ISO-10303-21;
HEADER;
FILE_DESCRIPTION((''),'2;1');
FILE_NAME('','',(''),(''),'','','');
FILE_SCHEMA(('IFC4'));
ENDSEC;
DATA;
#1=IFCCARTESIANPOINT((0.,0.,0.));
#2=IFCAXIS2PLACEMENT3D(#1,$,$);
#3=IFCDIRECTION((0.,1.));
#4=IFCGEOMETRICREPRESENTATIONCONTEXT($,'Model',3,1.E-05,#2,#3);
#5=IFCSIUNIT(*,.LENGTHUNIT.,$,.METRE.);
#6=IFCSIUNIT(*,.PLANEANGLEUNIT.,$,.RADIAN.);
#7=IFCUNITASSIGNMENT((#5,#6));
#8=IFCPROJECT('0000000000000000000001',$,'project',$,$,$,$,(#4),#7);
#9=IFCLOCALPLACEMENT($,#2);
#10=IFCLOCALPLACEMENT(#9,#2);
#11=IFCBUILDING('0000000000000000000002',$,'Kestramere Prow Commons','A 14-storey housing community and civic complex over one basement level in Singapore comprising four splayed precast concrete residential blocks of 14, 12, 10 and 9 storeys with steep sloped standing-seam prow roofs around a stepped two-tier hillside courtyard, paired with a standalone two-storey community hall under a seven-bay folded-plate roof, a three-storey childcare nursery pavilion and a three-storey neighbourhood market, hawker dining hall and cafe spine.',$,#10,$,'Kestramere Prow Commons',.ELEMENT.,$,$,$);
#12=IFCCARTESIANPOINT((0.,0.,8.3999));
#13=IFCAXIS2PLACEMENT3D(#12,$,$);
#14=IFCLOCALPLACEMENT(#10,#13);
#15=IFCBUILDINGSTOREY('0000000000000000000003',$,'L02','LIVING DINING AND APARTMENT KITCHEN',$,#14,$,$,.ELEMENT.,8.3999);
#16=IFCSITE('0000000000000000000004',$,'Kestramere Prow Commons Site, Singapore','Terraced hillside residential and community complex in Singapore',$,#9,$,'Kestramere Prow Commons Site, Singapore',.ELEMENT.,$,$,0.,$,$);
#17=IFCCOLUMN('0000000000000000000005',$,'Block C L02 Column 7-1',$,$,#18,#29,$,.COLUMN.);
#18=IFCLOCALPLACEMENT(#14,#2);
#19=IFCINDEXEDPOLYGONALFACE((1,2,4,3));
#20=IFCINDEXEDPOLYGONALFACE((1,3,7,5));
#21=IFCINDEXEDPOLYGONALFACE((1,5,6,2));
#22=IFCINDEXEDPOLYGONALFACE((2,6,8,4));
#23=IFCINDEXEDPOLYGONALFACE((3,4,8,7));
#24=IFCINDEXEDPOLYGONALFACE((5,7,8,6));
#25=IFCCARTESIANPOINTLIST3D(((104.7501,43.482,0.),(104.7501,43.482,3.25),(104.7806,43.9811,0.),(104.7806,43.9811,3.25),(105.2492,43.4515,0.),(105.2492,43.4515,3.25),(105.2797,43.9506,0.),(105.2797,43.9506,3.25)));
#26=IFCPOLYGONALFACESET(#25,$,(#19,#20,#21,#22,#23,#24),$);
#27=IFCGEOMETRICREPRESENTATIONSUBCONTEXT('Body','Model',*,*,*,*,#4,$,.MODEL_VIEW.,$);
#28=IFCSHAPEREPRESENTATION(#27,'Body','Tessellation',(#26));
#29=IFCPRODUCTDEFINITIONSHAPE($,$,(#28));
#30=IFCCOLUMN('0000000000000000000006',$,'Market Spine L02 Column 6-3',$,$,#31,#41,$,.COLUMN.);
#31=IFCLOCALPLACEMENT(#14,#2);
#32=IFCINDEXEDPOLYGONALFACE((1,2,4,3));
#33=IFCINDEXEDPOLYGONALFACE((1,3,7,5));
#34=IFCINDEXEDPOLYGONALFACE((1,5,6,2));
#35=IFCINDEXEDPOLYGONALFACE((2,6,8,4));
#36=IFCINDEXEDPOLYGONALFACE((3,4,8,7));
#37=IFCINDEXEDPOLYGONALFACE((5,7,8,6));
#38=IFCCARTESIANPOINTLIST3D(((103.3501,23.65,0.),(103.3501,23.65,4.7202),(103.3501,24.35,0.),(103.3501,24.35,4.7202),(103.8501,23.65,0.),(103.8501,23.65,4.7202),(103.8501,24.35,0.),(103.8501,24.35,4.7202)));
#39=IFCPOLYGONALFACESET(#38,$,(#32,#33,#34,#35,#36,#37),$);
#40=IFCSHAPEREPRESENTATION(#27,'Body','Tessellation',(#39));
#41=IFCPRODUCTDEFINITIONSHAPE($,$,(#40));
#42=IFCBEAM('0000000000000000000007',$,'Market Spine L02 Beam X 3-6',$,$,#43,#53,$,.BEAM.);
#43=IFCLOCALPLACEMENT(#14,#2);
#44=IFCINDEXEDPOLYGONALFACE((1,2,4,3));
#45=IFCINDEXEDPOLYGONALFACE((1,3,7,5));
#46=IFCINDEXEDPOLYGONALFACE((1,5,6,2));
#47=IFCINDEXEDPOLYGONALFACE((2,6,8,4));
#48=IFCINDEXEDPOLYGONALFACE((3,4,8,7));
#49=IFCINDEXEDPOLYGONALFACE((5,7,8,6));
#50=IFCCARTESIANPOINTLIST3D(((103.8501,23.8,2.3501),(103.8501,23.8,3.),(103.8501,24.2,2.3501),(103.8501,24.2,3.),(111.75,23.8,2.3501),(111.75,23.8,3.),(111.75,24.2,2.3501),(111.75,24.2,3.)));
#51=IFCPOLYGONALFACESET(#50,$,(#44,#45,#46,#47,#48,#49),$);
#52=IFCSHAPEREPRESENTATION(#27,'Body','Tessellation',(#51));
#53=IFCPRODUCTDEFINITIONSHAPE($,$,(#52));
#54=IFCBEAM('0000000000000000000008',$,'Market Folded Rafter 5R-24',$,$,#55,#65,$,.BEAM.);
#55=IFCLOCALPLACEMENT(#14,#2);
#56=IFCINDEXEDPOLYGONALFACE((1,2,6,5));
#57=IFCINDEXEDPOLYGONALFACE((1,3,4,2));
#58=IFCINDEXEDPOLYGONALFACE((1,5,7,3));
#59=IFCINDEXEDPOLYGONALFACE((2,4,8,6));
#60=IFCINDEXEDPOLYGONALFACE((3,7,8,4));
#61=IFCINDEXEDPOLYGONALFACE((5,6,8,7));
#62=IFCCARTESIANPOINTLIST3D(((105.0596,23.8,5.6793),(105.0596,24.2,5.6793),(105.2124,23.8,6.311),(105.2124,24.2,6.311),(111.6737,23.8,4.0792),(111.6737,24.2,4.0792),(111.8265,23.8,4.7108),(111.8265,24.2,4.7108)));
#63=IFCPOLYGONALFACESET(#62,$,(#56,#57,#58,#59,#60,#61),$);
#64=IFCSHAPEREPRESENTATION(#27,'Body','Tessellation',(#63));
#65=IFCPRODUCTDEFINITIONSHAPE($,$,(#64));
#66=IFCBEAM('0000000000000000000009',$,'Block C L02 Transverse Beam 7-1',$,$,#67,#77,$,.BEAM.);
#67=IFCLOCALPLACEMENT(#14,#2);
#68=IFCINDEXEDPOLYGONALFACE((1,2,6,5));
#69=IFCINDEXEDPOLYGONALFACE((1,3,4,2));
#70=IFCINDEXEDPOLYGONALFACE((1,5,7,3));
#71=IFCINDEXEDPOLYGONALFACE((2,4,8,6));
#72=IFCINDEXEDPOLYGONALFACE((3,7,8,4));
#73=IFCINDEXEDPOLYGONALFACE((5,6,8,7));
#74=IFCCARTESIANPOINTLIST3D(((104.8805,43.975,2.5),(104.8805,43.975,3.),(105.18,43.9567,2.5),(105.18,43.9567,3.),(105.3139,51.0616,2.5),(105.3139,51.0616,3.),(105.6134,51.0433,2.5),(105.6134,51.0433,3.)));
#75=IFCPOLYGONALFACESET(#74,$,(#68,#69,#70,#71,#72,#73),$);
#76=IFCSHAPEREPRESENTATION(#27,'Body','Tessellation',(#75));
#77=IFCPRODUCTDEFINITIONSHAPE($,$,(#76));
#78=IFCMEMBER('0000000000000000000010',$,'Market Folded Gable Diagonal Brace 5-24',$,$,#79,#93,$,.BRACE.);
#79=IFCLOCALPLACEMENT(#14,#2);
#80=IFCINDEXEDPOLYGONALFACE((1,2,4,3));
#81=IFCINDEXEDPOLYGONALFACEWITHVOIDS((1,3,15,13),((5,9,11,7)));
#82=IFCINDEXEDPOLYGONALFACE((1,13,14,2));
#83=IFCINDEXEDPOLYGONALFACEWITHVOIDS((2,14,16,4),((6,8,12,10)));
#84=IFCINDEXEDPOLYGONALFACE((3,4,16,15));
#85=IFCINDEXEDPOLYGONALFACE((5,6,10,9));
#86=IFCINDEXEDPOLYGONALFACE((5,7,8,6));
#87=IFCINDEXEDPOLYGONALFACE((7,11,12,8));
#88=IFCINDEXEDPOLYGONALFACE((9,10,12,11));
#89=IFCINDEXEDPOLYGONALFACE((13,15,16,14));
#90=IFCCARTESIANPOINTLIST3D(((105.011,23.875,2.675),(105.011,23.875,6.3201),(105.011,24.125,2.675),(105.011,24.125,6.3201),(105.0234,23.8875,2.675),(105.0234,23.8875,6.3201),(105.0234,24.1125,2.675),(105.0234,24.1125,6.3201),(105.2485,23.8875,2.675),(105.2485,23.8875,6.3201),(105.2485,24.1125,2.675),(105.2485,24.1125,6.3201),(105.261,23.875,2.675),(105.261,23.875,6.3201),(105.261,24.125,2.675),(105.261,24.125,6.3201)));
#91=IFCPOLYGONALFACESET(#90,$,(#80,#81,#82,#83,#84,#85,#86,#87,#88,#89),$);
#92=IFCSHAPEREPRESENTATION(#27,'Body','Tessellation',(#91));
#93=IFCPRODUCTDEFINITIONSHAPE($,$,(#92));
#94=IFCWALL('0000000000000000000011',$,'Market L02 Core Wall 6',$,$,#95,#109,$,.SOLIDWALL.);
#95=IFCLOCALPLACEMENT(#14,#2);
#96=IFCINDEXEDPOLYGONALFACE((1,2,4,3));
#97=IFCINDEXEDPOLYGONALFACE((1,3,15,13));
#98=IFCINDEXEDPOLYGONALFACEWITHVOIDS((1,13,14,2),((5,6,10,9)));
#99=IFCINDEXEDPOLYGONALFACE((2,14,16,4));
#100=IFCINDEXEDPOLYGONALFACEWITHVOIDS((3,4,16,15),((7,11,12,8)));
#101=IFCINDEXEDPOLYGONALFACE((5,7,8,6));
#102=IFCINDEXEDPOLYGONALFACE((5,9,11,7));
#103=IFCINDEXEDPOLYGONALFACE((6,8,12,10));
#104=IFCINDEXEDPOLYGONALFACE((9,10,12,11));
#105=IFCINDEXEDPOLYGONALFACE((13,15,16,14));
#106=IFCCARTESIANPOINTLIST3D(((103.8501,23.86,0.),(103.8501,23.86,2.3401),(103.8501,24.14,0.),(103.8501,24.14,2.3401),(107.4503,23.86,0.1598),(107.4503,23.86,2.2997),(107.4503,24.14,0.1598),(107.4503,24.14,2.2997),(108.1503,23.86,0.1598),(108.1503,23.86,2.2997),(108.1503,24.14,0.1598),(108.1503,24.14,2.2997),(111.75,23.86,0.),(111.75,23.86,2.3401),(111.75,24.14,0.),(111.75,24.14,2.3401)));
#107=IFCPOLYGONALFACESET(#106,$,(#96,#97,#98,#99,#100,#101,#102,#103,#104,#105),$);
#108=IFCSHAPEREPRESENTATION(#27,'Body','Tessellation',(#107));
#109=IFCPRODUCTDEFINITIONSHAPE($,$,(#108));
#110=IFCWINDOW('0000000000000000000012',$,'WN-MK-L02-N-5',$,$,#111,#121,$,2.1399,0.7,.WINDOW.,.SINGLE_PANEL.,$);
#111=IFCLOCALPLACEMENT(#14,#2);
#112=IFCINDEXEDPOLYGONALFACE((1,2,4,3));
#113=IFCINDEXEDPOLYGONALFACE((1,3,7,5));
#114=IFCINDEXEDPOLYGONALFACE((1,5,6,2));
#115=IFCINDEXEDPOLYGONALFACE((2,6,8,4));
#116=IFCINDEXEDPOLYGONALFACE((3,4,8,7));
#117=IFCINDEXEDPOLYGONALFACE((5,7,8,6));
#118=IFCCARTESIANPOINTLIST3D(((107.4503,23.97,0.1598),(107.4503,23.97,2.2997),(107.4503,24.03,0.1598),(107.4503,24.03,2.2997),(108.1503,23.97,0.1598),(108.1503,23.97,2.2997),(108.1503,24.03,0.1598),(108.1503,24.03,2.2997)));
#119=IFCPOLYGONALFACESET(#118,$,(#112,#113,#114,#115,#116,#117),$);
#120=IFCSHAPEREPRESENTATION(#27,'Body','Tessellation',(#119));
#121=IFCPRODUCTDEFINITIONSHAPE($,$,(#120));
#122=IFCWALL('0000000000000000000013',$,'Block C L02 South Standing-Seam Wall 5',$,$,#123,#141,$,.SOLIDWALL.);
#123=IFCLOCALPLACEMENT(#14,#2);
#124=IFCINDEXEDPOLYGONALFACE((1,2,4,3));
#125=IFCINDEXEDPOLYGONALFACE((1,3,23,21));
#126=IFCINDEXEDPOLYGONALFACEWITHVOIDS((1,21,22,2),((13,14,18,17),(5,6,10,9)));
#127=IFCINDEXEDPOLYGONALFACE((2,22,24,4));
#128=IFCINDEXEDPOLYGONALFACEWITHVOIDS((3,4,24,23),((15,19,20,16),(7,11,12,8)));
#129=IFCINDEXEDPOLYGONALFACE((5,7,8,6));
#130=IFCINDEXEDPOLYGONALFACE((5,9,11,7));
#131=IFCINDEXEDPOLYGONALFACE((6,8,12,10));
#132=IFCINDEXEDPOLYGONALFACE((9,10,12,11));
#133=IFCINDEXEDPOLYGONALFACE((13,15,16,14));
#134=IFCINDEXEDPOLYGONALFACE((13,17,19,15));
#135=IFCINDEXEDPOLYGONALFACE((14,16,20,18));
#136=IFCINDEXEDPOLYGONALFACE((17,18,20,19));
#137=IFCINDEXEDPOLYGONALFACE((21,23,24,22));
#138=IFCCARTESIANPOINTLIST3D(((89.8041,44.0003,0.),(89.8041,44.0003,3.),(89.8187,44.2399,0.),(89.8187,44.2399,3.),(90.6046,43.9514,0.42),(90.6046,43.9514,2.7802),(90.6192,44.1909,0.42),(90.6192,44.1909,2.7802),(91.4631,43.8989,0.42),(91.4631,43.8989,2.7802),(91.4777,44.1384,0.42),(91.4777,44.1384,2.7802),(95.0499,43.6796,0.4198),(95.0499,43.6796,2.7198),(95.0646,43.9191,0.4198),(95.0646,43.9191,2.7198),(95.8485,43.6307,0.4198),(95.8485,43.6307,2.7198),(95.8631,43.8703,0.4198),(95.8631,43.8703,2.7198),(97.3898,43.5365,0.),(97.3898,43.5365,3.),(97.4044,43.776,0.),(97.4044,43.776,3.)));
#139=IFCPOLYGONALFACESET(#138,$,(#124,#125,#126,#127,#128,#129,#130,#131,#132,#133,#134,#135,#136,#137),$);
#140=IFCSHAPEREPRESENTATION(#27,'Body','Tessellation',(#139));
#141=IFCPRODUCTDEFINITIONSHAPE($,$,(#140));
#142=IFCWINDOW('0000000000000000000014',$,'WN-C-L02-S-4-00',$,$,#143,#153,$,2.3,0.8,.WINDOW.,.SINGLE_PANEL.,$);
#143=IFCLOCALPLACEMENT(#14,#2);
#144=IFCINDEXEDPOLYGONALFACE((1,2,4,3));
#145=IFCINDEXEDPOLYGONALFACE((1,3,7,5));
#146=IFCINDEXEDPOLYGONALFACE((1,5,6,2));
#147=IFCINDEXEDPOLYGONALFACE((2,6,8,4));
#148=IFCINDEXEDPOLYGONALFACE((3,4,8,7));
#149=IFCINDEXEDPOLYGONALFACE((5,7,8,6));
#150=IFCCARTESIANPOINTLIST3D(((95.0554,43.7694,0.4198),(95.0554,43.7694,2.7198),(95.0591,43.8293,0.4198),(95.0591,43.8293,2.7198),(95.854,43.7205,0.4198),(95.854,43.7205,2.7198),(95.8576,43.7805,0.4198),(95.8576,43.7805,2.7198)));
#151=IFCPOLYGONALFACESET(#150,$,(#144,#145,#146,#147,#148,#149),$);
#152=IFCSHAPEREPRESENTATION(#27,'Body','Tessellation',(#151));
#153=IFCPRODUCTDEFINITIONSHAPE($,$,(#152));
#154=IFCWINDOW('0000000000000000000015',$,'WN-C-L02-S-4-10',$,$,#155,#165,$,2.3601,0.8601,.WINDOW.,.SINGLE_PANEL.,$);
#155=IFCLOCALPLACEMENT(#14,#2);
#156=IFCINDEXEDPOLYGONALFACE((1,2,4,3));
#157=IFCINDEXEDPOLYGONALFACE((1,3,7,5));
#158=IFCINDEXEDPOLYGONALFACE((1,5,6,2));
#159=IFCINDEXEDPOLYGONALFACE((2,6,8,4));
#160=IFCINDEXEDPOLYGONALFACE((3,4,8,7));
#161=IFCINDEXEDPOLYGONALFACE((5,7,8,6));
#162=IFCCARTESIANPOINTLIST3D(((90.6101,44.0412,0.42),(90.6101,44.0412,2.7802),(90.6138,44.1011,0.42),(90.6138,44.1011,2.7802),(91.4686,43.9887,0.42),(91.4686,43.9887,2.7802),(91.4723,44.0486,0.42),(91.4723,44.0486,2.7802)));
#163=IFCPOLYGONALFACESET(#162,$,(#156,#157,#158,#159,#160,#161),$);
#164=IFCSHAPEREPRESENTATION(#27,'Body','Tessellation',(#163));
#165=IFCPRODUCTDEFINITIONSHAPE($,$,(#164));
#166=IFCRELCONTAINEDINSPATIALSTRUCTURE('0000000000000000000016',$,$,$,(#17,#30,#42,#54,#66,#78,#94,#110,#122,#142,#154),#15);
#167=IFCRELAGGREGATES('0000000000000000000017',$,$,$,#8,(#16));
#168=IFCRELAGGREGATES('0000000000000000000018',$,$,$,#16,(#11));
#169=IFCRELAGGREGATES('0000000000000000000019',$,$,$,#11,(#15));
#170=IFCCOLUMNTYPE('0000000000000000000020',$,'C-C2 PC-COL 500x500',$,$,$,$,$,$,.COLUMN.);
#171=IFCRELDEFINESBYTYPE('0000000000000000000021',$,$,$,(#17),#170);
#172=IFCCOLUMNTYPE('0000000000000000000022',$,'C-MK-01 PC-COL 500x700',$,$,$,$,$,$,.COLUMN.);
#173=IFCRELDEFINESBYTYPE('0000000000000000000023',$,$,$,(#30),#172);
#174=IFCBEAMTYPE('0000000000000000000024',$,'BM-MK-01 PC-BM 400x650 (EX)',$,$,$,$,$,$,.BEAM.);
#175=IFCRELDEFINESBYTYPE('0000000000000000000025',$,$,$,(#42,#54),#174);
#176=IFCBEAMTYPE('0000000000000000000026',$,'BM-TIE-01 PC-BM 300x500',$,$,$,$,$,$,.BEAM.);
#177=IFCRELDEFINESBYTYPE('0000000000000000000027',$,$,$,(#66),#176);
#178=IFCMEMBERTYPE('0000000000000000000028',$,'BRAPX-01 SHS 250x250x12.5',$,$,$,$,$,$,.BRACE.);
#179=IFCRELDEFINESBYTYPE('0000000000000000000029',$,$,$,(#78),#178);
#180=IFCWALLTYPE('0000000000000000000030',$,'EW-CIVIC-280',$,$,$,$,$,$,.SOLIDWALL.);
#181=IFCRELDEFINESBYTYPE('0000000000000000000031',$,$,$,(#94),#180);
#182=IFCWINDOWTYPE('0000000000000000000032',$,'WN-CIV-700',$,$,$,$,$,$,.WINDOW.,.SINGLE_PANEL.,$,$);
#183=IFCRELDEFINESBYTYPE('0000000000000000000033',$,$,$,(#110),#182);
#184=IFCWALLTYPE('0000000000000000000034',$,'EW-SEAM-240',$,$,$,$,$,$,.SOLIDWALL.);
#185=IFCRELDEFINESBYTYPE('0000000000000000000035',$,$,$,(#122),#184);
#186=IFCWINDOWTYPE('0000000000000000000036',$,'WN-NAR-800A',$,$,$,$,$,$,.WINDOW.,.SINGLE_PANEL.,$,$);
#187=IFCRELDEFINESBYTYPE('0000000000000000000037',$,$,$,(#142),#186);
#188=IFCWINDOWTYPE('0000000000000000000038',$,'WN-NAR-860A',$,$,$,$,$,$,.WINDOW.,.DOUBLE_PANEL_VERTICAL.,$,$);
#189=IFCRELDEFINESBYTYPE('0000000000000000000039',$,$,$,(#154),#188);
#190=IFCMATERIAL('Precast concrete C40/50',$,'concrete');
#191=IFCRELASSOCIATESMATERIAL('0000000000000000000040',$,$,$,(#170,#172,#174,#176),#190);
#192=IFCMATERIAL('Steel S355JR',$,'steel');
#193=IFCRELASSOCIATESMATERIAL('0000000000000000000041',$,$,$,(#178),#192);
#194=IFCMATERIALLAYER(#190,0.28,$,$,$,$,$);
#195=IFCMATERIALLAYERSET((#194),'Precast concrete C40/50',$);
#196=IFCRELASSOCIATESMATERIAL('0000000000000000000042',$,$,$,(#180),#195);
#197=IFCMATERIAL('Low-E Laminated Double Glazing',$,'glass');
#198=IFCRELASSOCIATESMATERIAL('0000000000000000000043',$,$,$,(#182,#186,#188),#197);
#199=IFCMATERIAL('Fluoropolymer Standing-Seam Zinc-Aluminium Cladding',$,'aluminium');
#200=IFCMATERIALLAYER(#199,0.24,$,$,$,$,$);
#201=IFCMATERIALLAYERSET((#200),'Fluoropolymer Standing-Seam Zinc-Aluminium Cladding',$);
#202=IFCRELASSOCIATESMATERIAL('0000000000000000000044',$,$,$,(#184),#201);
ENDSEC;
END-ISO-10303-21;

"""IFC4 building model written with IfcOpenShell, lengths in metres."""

from ifc_helpers import new_model, si_unit, direction, frame, frame_2d, origin, origin_2d, place, context, subcontext, project, spatial, rectangle, hollow_rectangle, extrude, material, layer, layer_set, material_profile, profile_set, type_object, element, fill, save


model = new_model("IFC4")

# Units and contexts
model_context = context("Model", 3, precision=1e-05, world=origin(), true_north=direction((0.0, 1.0)))
body_context = subcontext(model_context, "Body", "Model", "MODEL_VIEW")
ifc_project = project(units=[si_unit("LENGTHUNIT", "METRE"), si_unit("PLANEANGLEUNIT", "RADIAN")], contexts=[model_context])

# Site, building, storey
site_placement = place(None, origin())
site = spatial("IfcSite", under=ifc_project, at=site_placement, Name="Kestramere Prow Commons Site, Singapore", Description="Terraced hillside residential and community complex in Singapore", LongName="Kestramere Prow Commons Site, Singapore", CompositionType="ELEMENT", RefElevation=0.0)
building_placement = place(site_placement, origin())
building = spatial("IfcBuilding", under=site, at=building_placement, Name="Kestramere Prow Commons", Description="A 14-storey housing community and civic complex over one basement level in Singapore comprising four splayed precast concrete residential blocks of 14, 12, 10 and 9 storeys with steep sloped standing-seam prow roofs around a stepped two-tier hillside courtyard, paired with a standalone two-storey community hall under a seven-bay folded-plate roof, a three-storey childcare nursery pavilion and a three-storey neighbourhood market, hawker dining hall and cafe spine.", LongName="Kestramere Prow Commons", CompositionType="ELEMENT")
storey_placement = place(building_placement, frame((0.0, 0.0, 8.3999)))
storey = spatial("IfcBuildingStorey", under=building, at=storey_placement, Name="L02", Description="LIVING DINING AND APARTMENT KITCHEN", CompositionType="ELEMENT", Elevation=8.3999)

# Columns
ifc_material_1 = material(Name="Precast concrete C40/50", Category="concrete")
ifc_material_profile_1 = material_profile(ifc_material_1, rectangle(XDim=0.5, YDim=0.5, at=origin_2d()), Name="PC-COL 500x500")
ifc_profile_set_1 = profile_set([ifc_material_profile_1], Name="Precast concrete C40/50")
column_type_1 = type_object("IfcColumnType", Name="C-C2 PC-COL 500x500", PredefinedType="COLUMN", material=ifc_profile_set_1)
column_1_placement = place(storey_placement, frame((105.0149, 43.7163, 0.0), z_axis=(0.0, 0.0, 1.0), x_axis=(0.998135, -0.061049, 0.0)))
element("IfcColumn", 1, at=column_1_placement, inside=storey, type_object=column_type_1, Name="Block C L02 Column 7-1", PredefinedType="COLUMN", context=body_context, shape_type="SweptSolid", body=[
    extrude(rectangle(XDim=0.5, YDim=0.5, at=origin_2d()), origin(), (0.0, 0.0, 1.0), 3.25),
])
ifc_material_profile_2 = material_profile(ifc_material_1, rectangle(XDim=0.5, YDim=0.7, at=origin_2d()), Name="PC-COL 500x700")
ifc_profile_set_2 = profile_set([ifc_material_profile_2], Name="Precast concrete C40/50")
column_type_2 = type_object("IfcColumnType", Name="C-MK-01 PC-COL 500x700", PredefinedType="COLUMN", material=ifc_profile_set_2)
column_2_placement = place(storey_placement, frame((103.6001, 24.0, 0.0), z_axis=(0.0, 0.0, 1.0), x_axis=(1.0, 0.0, 0.0)))
element("IfcColumn", 2, at=column_2_placement, inside=storey, type_object=column_type_2, Name="Market Spine L02 Column 6-3", PredefinedType="COLUMN", context=body_context, shape_type="SweptSolid", body=[
    extrude(rectangle(XDim=0.5, YDim=0.7, at=origin_2d()), origin(), (0.0, 0.0, 1.0), 4.7202),
])

# Beams
ifc_material_profile_3 = material_profile(ifc_material_1, rectangle(XDim=0.3999, YDim=0.6499, at=origin_2d()), Name="PC-BM 400x650")
ifc_profile_set_3 = profile_set([ifc_material_profile_3], Name="Precast concrete C40/50")
beam_type_1 = type_object("IfcBeamType", Name="BM-MK-01 PC-BM 400x650 (EX)", PredefinedType="BEAM", material=ifc_profile_set_3)
beam_1_placement = place(storey_placement, frame((103.8501, 24.0, 2.675), z_axis=(1.0, 0.0, 0.0), x_axis=(0.0, 1.0, 0.0)))
element("IfcBeam", 3, at=beam_1_placement, inside=storey, type_object=beam_type_1, Name="Market Spine L02 Beam X 3-6", PredefinedType="BEAM", context=body_context, shape_type="SweptSolid", body=[
    extrude(rectangle(XDim=0.3999, YDim=0.6499, at=origin_2d()), origin(), (0.0, 0.0, 1.0), 7.8999),
])
beam_2_placement = place(storey_placement, frame((105.136, 24.0, 5.9951), z_axis=(0.971961, 0.0, -0.235142), x_axis=(0.0, 1.0, 0.0)))
element("IfcBeam", 4, at=beam_2_placement, inside=storey, type_object=beam_type_1, Name="Market Folded Rafter 5R-24", PredefinedType="BEAM", context=body_context, shape_type="SweptSolid", body=[
    extrude(rectangle(XDim=0.3999, YDim=0.6499, at=origin_2d()), origin(), (0.0, 0.0, 1.0), 6.8049),
])
ifc_material_profile_4 = material_profile(ifc_material_1, rectangle(XDim=0.3, YDim=0.5, at=origin_2d()), Name="PC-BM 300x500")
ifc_profile_set_4 = profile_set([ifc_material_profile_4], Name="Precast concrete C40/50")
beam_type_2 = type_object("IfcBeamType", Name="BM-TIE-01 PC-BM 300x500", PredefinedType="BEAM", material=ifc_profile_set_4)
beam_3_placement = place(storey_placement, frame((105.0303, 43.9658, 2.75), z_axis=(0.061036, 0.998136, 0.0), x_axis=(-0.998136, 0.061036, 0.0)))
element("IfcBeam", 5, at=beam_3_placement, inside=storey, type_object=beam_type_2, Name="Block C L02 Transverse Beam 7-1", PredefinedType="BEAM", context=body_context, shape_type="SweptSolid", body=[
    extrude(rectangle(XDim=0.3, YDim=0.5, at=origin_2d()), origin(), (0.0, 0.0, 1.0), 7.0999),
])

# Member
ifc_material_2 = material(Name="Steel S355JR", Category="steel")
ifc_material_profile_5 = material_profile(ifc_material_2, hollow_rectangle(XDim=0.25, YDim=0.25, WallThickness=0.0125, at=origin_2d()), Name="SHS 250x250x12.5")
ifc_profile_set_5 = profile_set([ifc_material_profile_5], Name="Steel S355JR")
member_type = type_object("IfcMemberType", Name="BRAPX-01 SHS 250x250x12.5", PredefinedType="BRACE", material=ifc_profile_set_5)
member_placement = place(storey_placement, frame((105.136, 24.0, 2.675), z_axis=(0.0, 0.0, 1.0), x_axis=(1.0, 0.0, 0.0)))
element("IfcMember", 6, at=member_placement, inside=storey, type_object=member_type, Name="Market Folded Gable Diagonal Brace 5-24", PredefinedType="BRACE", context=body_context, shape_type="SweptSolid", body=[
    extrude(hollow_rectangle(XDim=0.25, YDim=0.25, WallThickness=0.0125, at=origin_2d()), origin(), (0.0, 0.0, 1.0), 3.645),
])

# Wall, opening, window
ifc_layer_1 = layer(ifc_material_1, 0.28)
ifc_layer_set_1 = layer_set([ifc_layer_1], Name="Precast concrete C40/50")
wall_type_1 = type_object("IfcWallType", Name="EW-CIVIC-280", PredefinedType="SOLIDWALL", material=ifc_layer_set_1)
wall_1_placement = place(storey_placement, frame((103.8501, 24.0, 0.0), z_axis=(0.0, 0.0, 1.0), x_axis=(1.0, 0.0, 0.0)))
wall_1 = element("IfcWall", 7, at=wall_1_placement, inside=storey, type_object=wall_type_1, Name="Market L02 Core Wall 6", PredefinedType="SOLIDWALL", context=body_context, shape_type="SweptSolid", body=[
    extrude(rectangle(XDim=7.8999, YDim=0.28, at=frame_2d((3.95, 0.0))), origin(), (0.0, 0.0, 1.0), 2.3401),
])
opening_1_placement = place(wall_1_placement, frame((3.6001, 0.0, 0.1599)))
opening_1 = element("IfcOpeningElement", 8, at=opening_1_placement, cuts=wall_1, PredefinedType="OPENING", context=body_context, shape_type="SweptSolid", body=[
    extrude(rectangle(XDim=0.7, YDim=2.1399, at=frame_2d((0.3501, 1.0698))), frame((0.0, 0.155, 0.0), z_axis=(0.0, -1.0, 0.0), x_axis=(1.0, 0.0, 0.0)), (0.0, 0.0, 1.0), 0.3101),
])
ifc_material_3 = material(Name="Low-E Laminated Double Glazing", Category="glass")
window_type_1 = type_object("IfcWindowType", Name="WN-CIV-700", PartitioningType="SINGLE_PANEL", PredefinedType="WINDOW", material=ifc_material_3)
window_1_placement = place(opening_1_placement, origin())
window_1 = element("IfcWindow", 9, at=window_1_placement, inside=storey, type_object=window_type_1, Name="WN-MK-L02-N-5", OverallHeight=2.1399, OverallWidth=0.7, PartitioningType="SINGLE_PANEL", PredefinedType="WINDOW", context=body_context, shape_type="SweptSolid", body=[
    extrude(rectangle(XDim=0.7, YDim=2.1399, at=frame_2d((0.3501, 1.0698))), frame((0.0, 0.03, 0.0), z_axis=(0.0, -1.0, 0.0), x_axis=(1.0, 0.0, 0.0)), (0.0, 0.0, 1.0), 0.0601),
])
fill(opening_1, window_1)

# Wall, openings, windows
ifc_material_4 = material(Name="Fluoropolymer Standing-Seam Zinc-Aluminium Cladding", Category="aluminium")
ifc_layer_2 = layer(ifc_material_4, 0.24)
ifc_layer_set_2 = layer_set([ifc_layer_2], Name="Fluoropolymer Standing-Seam Zinc-Aluminium Cladding")
wall_type_2 = type_object("IfcWallType", Name="EW-SEAM-240", PredefinedType="SOLIDWALL", material=ifc_layer_set_2)
wall_2_placement = place(storey_placement, frame((97.397, 43.6562, 0.0), z_axis=(0.0, 0.0, 1.0), x_axis=(-0.998136, 0.061036, 0.0)))
wall_2 = element("IfcWall", 10, at=wall_2_placement, inside=storey, type_object=wall_type_2, Name="Block C L02 South Standing-Seam Wall 5", PredefinedType="SOLIDWALL", context=body_context, shape_type="SweptSolid", body=[
    extrude(rectangle(XDim=7.5999, YDim=0.24, at=frame_2d((3.7998, 0.0))), origin(), (0.0, 0.0, 1.0), 3.0),
])
opening_2_placement = place(wall_2_placement, frame((1.5442, 0.0, 0.4199)))
opening_2 = element("IfcOpeningElement", 11, at=opening_2_placement, cuts=wall_2, PredefinedType="OPENING", context=body_context, shape_type="SweptSolid", body=[
    extrude(rectangle(XDim=0.8, YDim=2.3, at=frame_2d((0.3999, 1.1499))), frame((0.0, 0.135, 0.0), z_axis=(0.0, -1.0, 0.0), x_axis=(1.0, 0.0, 0.0)), (0.0, 0.0, 1.0), 0.27),
])
opening_3_placement = place(wall_2_placement, frame((5.9375, 0.0, 0.4199)))
opening_3 = element("IfcOpeningElement", 12, at=opening_3_placement, cuts=wall_2, PredefinedType="OPENING", context=body_context, shape_type="SweptSolid", body=[
    extrude(rectangle(XDim=0.8601, YDim=2.3601, at=frame_2d((0.4302, 1.1802))), frame((0.0, 0.135, 0.0), z_axis=(0.0, -1.0, 0.0), x_axis=(1.0, 0.0, 0.0)), (0.0, 0.0, 1.0), 0.27),
])
window_type_2 = type_object("IfcWindowType", Name="WN-NAR-800A", PartitioningType="SINGLE_PANEL", PredefinedType="WINDOW", material=ifc_material_3)
window_2_placement = place(opening_2_placement, origin())
window_2 = element("IfcWindow", 13, at=window_2_placement, inside=storey, type_object=window_type_2, Name="WN-C-L02-S-4-00", OverallHeight=2.3, OverallWidth=0.8, PartitioningType="SINGLE_PANEL", PredefinedType="WINDOW", context=body_context, shape_type="SweptSolid", body=[
    extrude(rectangle(XDim=0.8, YDim=2.3, at=frame_2d((0.3999, 1.1499))), frame((0.0, 0.03, 0.0), z_axis=(0.0, -1.0, 0.0), x_axis=(1.0, 0.0, 0.0)), (0.0, 0.0, 1.0), 0.0601),
])
fill(opening_2, window_2)
window_type_3 = type_object("IfcWindowType", Name="WN-NAR-860A", PartitioningType="DOUBLE_PANEL_VERTICAL", PredefinedType="WINDOW", material=ifc_material_3)
window_3_placement = place(opening_3_placement, origin())
window_3 = element("IfcWindow", 14, at=window_3_placement, inside=storey, type_object=window_type_3, Name="WN-C-L02-S-4-10", OverallHeight=2.3601, OverallWidth=0.8601, PartitioningType="SINGLE_PANEL", PredefinedType="WINDOW", context=body_context, shape_type="SweptSolid", body=[
    extrude(rectangle(XDim=0.8601, YDim=2.3601, at=frame_2d((0.4302, 1.1802))), frame((0.0, 0.03, 0.0), z_axis=(0.0, -1.0, 0.0), x_axis=(1.0, 0.0, 0.0)), (0.0, 0.0, 1.0), 0.0601),
])
fill(opening_3, window_3)

save(model, "model.ifc")
